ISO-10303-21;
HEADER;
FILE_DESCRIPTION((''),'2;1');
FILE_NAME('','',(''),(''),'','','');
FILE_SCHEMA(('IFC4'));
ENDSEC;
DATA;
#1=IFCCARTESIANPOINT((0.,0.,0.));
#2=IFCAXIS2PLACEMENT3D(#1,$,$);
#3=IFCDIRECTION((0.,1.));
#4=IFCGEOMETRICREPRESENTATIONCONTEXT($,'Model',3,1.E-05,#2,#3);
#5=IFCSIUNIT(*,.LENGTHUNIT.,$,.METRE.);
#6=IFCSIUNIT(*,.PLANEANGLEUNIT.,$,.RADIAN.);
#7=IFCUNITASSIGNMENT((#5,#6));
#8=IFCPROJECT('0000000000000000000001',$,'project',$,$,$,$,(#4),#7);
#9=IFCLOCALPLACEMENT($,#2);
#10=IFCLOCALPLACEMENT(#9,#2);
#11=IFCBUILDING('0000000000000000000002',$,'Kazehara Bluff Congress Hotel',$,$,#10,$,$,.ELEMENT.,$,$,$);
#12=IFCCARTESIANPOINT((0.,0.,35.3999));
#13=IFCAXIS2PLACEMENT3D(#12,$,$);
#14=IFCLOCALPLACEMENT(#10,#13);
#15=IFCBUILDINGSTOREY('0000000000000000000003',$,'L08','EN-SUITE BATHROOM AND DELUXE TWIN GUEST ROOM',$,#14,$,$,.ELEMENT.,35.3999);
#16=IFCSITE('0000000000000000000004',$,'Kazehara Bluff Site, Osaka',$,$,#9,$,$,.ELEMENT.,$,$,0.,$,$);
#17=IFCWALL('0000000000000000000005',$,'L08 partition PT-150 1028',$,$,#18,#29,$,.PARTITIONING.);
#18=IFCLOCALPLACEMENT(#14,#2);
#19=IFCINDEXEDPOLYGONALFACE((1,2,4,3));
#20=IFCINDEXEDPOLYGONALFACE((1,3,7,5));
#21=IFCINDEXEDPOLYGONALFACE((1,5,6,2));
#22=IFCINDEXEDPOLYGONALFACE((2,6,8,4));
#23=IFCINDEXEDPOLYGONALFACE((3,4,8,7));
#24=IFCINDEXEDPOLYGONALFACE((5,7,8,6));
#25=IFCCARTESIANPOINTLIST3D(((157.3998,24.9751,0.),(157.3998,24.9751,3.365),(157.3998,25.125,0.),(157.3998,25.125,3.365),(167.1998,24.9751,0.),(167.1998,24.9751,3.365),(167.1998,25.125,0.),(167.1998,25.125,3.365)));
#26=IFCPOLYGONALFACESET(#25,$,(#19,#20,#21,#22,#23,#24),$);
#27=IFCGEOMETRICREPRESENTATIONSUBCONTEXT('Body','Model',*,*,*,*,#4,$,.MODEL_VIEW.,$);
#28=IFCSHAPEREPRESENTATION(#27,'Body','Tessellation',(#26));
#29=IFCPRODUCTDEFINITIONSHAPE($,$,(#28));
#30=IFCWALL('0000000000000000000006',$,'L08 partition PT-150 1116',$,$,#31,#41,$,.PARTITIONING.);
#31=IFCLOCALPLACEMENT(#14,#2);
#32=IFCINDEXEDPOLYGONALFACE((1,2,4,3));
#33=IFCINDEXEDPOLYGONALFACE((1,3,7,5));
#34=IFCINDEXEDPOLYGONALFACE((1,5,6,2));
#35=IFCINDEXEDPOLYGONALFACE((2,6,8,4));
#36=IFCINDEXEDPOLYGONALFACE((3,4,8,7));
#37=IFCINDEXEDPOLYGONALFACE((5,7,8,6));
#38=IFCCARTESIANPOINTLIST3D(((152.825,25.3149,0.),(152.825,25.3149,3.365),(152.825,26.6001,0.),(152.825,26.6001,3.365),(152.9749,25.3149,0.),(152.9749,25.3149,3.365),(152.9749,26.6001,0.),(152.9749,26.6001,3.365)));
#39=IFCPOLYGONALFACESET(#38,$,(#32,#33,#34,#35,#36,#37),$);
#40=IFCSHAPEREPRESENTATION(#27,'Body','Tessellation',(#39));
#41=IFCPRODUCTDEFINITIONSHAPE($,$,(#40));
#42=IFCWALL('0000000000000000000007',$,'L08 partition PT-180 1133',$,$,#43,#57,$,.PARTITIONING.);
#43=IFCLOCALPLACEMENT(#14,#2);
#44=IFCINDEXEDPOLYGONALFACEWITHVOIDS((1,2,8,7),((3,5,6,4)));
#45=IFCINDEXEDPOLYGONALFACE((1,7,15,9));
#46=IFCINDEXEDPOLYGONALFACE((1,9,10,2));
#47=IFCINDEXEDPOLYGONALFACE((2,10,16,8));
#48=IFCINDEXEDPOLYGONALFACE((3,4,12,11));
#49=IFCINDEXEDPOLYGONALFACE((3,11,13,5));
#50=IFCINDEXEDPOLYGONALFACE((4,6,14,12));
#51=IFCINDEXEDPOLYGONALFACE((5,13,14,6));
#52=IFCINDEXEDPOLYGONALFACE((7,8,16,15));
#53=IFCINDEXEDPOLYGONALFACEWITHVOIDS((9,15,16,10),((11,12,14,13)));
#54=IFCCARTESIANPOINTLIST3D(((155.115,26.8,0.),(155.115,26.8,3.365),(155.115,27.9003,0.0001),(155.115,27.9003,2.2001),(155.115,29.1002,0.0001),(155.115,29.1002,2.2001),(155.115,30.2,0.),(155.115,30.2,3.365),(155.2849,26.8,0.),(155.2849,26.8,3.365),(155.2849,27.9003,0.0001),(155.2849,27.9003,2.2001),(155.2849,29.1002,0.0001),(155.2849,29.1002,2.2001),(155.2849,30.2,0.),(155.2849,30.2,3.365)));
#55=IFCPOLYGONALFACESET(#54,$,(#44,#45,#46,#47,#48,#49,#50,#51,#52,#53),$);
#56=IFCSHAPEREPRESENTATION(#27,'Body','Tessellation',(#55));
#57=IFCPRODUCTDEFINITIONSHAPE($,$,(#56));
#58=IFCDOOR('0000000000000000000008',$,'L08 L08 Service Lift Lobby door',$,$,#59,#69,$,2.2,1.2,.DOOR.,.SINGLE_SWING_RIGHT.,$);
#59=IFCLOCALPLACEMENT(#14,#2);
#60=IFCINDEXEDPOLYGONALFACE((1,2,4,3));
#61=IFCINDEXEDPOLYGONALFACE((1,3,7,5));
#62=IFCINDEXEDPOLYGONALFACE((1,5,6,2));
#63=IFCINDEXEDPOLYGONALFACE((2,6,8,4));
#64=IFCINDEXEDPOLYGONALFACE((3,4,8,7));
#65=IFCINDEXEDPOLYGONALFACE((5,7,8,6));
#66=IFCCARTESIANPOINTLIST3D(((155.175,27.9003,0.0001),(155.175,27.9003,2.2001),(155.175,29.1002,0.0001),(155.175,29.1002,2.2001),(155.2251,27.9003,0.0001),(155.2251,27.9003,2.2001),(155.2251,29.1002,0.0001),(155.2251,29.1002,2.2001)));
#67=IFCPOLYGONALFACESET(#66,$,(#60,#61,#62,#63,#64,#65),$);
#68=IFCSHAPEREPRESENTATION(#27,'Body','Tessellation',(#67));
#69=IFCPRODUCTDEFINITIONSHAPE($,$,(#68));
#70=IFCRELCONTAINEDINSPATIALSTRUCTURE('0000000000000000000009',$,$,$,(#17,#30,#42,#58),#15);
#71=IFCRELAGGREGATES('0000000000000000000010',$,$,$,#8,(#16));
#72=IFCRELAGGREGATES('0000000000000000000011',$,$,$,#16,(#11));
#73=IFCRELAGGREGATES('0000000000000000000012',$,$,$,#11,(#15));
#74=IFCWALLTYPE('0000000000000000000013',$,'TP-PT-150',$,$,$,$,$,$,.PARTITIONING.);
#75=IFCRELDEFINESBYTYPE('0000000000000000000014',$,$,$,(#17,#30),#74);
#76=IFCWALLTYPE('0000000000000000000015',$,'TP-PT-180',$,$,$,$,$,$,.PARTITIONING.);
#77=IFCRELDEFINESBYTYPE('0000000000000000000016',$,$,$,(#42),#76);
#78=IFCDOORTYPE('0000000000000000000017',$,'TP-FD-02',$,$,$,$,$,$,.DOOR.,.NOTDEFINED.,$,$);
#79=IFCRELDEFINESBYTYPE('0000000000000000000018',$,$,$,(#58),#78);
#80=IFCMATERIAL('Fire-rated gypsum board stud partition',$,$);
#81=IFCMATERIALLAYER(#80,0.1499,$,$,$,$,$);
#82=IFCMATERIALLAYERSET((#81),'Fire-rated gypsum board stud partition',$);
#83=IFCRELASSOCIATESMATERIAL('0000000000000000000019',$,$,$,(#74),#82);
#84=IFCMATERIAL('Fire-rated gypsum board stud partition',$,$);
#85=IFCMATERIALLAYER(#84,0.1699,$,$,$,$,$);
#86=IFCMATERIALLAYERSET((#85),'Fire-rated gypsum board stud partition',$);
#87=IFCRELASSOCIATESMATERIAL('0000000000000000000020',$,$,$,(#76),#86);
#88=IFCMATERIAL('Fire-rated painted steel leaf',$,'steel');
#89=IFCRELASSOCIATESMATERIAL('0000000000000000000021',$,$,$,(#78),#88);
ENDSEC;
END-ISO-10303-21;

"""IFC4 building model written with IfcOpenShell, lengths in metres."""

from ifc_helpers import new_model, si_unit, direction, frame, frame_2d, origin, place, context, subcontext, project, spatial, rectangle, extrude, material, layer, layer_set, type_object, element, fill, save


model = new_model("IFC4")

# Units and contexts
model_context = context("Model", 3, precision=1e-05, world=origin(), true_north=direction((0.0, 1.0)))
body_context = subcontext(model_context, "Body", "Model", "MODEL_VIEW")
ifc_project = project(units=[si_unit("LENGTHUNIT", "METRE"), si_unit("PLANEANGLEUNIT", "RADIAN")], contexts=[model_context])

# Site, building, storey
site_placement = place(None, origin())
site = spatial("IfcSite", under=ifc_project, at=site_placement, Name="Kazehara Bluff Site, Osaka", CompositionType="ELEMENT", RefElevation=0.0)
building_placement = place(site_placement, origin())
building = spatial("IfcBuilding", under=site, at=building_placement, Name="Kazehara Bluff Congress Hotel", CompositionType="ELEMENT")
storey_placement = place(building_placement, frame((0.0, 0.0, 35.3999)))
storey = spatial("IfcBuildingStorey", under=building, at=storey_placement, Name="L08", Description="EN-SUITE BATHROOM AND DELUXE TWIN GUEST ROOM", CompositionType="ELEMENT", Elevation=35.3999)

# Shared definitions
ifc_material_1 = material(Name="Fire-rated gypsum board stud partition")
ifc_layer_1 = layer(ifc_material_1, 0.1499)
ifc_layer_set_1 = layer_set([ifc_layer_1], Name="Fire-rated gypsum board stud partition")
wall_type_1 = type_object("IfcWallType", Name="TP-PT-150", PredefinedType="PARTITIONING", material=ifc_layer_set_1)

# Walls
wall_1_placement = place(storey_placement, frame((157.3999, 25.05, 0.0), z_axis=(0.0, 0.0, 1.0), x_axis=(1.0, 0.0, 0.0)))
element("IfcWall", 1, at=wall_1_placement, inside=storey, type_object=wall_type_1, Name="L08 partition PT-150 1028", PredefinedType="PARTITIONING", context=body_context, shape_type="SweptSolid", body=[
    extrude(rectangle(XDim=9.8, YDim=0.1499, at=frame_2d((4.8999, 0.0))), origin(), (0.0, 0.0, 1.0), 3.365),
])
wall_2_placement = place(storey_placement, frame((152.8999, 25.3149, 0.0), z_axis=(0.0, 0.0, 1.0), x_axis=(0.0, 1.0, 0.0)))
element("IfcWall", 2, at=wall_2_placement, inside=storey, type_object=wall_type_1, Name="L08 partition PT-150 1116", PredefinedType="PARTITIONING", context=body_context, shape_type="SweptSolid", body=[
    extrude(rectangle(XDim=1.2852, YDim=0.1499, at=frame_2d((0.6426, 0.0))), origin(), (0.0, 0.0, 1.0), 3.365),
])

# Wall, opening, door
ifc_material_2 = material(Name="Fire-rated gypsum board stud partition")
ifc_layer_2 = layer(ifc_material_2, 0.1699)
ifc_layer_set_2 = layer_set([ifc_layer_2], Name="Fire-rated gypsum board stud partition")
wall_type_2 = type_object("IfcWallType", Name="TP-PT-180", PredefinedType="PARTITIONING", material=ifc_layer_set_2)
wall_3_placement = place(storey_placement, frame((155.2, 26.8, 0.0), z_axis=(0.0, 0.0, 1.0), x_axis=(0.0, 1.0, 0.0)))
wall_3 = element("IfcWall", 3, at=wall_3_placement, inside=storey, type_object=wall_type_2, Name="L08 partition PT-180 1133", PredefinedType="PARTITIONING", context=body_context, shape_type="SweptSolid", body=[
    extrude(rectangle(XDim=3.3999, YDim=0.1699, at=frame_2d((1.7, 0.0))), origin(), (0.0, 0.0, 1.0), 3.365),
])
opening_1_placement = place(wall_3_placement, frame((1.1001, 0.0, 0.0)))
opening_1 = element("IfcOpeningElement", 4, at=opening_1_placement, cuts=wall_3, PredefinedType="OPENING", context=body_context, shape_type="SweptSolid", body=[
    extrude(rectangle(XDim=1.2, YDim=2.2, at=frame_2d((0.6001, 1.1001))), frame((0.0, 0.095, 0.0), z_axis=(0.0, -1.0, 0.0), x_axis=(1.0, 0.0, 0.0)), (0.0, 0.0, 1.0), 0.1899),
])
ifc_material_3 = material(Name="Fire-rated painted steel leaf", Category="steel")
door_type_1 = type_object("IfcDoorType", Name="TP-FD-02", OperationType="NOTDEFINED", PredefinedType="DOOR", material=ifc_material_3)
door_1_placement = place(opening_1_placement, origin())
door_1 = element("IfcDoor", 5, at=door_1_placement, inside=storey, type_object=door_type_1, Name="L08 L08 Service Lift Lobby door", OperationType="SINGLE_SWING_RIGHT", OverallHeight=2.2, OverallWidth=1.2, PredefinedType="DOOR", context=body_context, shape_type="SweptSolid", body=[
    extrude(rectangle(XDim=1.2, YDim=2.2, at=frame_2d((0.6001, 1.1001))), frame((0.0, 0.0249, 0.0), z_axis=(0.0, -1.0, 0.0), x_axis=(1.0, 0.0, 0.0)), (0.0, 0.0, 1.0), 0.05),
])
fill(opening_1, door_1)

save(model, "model.ifc")
